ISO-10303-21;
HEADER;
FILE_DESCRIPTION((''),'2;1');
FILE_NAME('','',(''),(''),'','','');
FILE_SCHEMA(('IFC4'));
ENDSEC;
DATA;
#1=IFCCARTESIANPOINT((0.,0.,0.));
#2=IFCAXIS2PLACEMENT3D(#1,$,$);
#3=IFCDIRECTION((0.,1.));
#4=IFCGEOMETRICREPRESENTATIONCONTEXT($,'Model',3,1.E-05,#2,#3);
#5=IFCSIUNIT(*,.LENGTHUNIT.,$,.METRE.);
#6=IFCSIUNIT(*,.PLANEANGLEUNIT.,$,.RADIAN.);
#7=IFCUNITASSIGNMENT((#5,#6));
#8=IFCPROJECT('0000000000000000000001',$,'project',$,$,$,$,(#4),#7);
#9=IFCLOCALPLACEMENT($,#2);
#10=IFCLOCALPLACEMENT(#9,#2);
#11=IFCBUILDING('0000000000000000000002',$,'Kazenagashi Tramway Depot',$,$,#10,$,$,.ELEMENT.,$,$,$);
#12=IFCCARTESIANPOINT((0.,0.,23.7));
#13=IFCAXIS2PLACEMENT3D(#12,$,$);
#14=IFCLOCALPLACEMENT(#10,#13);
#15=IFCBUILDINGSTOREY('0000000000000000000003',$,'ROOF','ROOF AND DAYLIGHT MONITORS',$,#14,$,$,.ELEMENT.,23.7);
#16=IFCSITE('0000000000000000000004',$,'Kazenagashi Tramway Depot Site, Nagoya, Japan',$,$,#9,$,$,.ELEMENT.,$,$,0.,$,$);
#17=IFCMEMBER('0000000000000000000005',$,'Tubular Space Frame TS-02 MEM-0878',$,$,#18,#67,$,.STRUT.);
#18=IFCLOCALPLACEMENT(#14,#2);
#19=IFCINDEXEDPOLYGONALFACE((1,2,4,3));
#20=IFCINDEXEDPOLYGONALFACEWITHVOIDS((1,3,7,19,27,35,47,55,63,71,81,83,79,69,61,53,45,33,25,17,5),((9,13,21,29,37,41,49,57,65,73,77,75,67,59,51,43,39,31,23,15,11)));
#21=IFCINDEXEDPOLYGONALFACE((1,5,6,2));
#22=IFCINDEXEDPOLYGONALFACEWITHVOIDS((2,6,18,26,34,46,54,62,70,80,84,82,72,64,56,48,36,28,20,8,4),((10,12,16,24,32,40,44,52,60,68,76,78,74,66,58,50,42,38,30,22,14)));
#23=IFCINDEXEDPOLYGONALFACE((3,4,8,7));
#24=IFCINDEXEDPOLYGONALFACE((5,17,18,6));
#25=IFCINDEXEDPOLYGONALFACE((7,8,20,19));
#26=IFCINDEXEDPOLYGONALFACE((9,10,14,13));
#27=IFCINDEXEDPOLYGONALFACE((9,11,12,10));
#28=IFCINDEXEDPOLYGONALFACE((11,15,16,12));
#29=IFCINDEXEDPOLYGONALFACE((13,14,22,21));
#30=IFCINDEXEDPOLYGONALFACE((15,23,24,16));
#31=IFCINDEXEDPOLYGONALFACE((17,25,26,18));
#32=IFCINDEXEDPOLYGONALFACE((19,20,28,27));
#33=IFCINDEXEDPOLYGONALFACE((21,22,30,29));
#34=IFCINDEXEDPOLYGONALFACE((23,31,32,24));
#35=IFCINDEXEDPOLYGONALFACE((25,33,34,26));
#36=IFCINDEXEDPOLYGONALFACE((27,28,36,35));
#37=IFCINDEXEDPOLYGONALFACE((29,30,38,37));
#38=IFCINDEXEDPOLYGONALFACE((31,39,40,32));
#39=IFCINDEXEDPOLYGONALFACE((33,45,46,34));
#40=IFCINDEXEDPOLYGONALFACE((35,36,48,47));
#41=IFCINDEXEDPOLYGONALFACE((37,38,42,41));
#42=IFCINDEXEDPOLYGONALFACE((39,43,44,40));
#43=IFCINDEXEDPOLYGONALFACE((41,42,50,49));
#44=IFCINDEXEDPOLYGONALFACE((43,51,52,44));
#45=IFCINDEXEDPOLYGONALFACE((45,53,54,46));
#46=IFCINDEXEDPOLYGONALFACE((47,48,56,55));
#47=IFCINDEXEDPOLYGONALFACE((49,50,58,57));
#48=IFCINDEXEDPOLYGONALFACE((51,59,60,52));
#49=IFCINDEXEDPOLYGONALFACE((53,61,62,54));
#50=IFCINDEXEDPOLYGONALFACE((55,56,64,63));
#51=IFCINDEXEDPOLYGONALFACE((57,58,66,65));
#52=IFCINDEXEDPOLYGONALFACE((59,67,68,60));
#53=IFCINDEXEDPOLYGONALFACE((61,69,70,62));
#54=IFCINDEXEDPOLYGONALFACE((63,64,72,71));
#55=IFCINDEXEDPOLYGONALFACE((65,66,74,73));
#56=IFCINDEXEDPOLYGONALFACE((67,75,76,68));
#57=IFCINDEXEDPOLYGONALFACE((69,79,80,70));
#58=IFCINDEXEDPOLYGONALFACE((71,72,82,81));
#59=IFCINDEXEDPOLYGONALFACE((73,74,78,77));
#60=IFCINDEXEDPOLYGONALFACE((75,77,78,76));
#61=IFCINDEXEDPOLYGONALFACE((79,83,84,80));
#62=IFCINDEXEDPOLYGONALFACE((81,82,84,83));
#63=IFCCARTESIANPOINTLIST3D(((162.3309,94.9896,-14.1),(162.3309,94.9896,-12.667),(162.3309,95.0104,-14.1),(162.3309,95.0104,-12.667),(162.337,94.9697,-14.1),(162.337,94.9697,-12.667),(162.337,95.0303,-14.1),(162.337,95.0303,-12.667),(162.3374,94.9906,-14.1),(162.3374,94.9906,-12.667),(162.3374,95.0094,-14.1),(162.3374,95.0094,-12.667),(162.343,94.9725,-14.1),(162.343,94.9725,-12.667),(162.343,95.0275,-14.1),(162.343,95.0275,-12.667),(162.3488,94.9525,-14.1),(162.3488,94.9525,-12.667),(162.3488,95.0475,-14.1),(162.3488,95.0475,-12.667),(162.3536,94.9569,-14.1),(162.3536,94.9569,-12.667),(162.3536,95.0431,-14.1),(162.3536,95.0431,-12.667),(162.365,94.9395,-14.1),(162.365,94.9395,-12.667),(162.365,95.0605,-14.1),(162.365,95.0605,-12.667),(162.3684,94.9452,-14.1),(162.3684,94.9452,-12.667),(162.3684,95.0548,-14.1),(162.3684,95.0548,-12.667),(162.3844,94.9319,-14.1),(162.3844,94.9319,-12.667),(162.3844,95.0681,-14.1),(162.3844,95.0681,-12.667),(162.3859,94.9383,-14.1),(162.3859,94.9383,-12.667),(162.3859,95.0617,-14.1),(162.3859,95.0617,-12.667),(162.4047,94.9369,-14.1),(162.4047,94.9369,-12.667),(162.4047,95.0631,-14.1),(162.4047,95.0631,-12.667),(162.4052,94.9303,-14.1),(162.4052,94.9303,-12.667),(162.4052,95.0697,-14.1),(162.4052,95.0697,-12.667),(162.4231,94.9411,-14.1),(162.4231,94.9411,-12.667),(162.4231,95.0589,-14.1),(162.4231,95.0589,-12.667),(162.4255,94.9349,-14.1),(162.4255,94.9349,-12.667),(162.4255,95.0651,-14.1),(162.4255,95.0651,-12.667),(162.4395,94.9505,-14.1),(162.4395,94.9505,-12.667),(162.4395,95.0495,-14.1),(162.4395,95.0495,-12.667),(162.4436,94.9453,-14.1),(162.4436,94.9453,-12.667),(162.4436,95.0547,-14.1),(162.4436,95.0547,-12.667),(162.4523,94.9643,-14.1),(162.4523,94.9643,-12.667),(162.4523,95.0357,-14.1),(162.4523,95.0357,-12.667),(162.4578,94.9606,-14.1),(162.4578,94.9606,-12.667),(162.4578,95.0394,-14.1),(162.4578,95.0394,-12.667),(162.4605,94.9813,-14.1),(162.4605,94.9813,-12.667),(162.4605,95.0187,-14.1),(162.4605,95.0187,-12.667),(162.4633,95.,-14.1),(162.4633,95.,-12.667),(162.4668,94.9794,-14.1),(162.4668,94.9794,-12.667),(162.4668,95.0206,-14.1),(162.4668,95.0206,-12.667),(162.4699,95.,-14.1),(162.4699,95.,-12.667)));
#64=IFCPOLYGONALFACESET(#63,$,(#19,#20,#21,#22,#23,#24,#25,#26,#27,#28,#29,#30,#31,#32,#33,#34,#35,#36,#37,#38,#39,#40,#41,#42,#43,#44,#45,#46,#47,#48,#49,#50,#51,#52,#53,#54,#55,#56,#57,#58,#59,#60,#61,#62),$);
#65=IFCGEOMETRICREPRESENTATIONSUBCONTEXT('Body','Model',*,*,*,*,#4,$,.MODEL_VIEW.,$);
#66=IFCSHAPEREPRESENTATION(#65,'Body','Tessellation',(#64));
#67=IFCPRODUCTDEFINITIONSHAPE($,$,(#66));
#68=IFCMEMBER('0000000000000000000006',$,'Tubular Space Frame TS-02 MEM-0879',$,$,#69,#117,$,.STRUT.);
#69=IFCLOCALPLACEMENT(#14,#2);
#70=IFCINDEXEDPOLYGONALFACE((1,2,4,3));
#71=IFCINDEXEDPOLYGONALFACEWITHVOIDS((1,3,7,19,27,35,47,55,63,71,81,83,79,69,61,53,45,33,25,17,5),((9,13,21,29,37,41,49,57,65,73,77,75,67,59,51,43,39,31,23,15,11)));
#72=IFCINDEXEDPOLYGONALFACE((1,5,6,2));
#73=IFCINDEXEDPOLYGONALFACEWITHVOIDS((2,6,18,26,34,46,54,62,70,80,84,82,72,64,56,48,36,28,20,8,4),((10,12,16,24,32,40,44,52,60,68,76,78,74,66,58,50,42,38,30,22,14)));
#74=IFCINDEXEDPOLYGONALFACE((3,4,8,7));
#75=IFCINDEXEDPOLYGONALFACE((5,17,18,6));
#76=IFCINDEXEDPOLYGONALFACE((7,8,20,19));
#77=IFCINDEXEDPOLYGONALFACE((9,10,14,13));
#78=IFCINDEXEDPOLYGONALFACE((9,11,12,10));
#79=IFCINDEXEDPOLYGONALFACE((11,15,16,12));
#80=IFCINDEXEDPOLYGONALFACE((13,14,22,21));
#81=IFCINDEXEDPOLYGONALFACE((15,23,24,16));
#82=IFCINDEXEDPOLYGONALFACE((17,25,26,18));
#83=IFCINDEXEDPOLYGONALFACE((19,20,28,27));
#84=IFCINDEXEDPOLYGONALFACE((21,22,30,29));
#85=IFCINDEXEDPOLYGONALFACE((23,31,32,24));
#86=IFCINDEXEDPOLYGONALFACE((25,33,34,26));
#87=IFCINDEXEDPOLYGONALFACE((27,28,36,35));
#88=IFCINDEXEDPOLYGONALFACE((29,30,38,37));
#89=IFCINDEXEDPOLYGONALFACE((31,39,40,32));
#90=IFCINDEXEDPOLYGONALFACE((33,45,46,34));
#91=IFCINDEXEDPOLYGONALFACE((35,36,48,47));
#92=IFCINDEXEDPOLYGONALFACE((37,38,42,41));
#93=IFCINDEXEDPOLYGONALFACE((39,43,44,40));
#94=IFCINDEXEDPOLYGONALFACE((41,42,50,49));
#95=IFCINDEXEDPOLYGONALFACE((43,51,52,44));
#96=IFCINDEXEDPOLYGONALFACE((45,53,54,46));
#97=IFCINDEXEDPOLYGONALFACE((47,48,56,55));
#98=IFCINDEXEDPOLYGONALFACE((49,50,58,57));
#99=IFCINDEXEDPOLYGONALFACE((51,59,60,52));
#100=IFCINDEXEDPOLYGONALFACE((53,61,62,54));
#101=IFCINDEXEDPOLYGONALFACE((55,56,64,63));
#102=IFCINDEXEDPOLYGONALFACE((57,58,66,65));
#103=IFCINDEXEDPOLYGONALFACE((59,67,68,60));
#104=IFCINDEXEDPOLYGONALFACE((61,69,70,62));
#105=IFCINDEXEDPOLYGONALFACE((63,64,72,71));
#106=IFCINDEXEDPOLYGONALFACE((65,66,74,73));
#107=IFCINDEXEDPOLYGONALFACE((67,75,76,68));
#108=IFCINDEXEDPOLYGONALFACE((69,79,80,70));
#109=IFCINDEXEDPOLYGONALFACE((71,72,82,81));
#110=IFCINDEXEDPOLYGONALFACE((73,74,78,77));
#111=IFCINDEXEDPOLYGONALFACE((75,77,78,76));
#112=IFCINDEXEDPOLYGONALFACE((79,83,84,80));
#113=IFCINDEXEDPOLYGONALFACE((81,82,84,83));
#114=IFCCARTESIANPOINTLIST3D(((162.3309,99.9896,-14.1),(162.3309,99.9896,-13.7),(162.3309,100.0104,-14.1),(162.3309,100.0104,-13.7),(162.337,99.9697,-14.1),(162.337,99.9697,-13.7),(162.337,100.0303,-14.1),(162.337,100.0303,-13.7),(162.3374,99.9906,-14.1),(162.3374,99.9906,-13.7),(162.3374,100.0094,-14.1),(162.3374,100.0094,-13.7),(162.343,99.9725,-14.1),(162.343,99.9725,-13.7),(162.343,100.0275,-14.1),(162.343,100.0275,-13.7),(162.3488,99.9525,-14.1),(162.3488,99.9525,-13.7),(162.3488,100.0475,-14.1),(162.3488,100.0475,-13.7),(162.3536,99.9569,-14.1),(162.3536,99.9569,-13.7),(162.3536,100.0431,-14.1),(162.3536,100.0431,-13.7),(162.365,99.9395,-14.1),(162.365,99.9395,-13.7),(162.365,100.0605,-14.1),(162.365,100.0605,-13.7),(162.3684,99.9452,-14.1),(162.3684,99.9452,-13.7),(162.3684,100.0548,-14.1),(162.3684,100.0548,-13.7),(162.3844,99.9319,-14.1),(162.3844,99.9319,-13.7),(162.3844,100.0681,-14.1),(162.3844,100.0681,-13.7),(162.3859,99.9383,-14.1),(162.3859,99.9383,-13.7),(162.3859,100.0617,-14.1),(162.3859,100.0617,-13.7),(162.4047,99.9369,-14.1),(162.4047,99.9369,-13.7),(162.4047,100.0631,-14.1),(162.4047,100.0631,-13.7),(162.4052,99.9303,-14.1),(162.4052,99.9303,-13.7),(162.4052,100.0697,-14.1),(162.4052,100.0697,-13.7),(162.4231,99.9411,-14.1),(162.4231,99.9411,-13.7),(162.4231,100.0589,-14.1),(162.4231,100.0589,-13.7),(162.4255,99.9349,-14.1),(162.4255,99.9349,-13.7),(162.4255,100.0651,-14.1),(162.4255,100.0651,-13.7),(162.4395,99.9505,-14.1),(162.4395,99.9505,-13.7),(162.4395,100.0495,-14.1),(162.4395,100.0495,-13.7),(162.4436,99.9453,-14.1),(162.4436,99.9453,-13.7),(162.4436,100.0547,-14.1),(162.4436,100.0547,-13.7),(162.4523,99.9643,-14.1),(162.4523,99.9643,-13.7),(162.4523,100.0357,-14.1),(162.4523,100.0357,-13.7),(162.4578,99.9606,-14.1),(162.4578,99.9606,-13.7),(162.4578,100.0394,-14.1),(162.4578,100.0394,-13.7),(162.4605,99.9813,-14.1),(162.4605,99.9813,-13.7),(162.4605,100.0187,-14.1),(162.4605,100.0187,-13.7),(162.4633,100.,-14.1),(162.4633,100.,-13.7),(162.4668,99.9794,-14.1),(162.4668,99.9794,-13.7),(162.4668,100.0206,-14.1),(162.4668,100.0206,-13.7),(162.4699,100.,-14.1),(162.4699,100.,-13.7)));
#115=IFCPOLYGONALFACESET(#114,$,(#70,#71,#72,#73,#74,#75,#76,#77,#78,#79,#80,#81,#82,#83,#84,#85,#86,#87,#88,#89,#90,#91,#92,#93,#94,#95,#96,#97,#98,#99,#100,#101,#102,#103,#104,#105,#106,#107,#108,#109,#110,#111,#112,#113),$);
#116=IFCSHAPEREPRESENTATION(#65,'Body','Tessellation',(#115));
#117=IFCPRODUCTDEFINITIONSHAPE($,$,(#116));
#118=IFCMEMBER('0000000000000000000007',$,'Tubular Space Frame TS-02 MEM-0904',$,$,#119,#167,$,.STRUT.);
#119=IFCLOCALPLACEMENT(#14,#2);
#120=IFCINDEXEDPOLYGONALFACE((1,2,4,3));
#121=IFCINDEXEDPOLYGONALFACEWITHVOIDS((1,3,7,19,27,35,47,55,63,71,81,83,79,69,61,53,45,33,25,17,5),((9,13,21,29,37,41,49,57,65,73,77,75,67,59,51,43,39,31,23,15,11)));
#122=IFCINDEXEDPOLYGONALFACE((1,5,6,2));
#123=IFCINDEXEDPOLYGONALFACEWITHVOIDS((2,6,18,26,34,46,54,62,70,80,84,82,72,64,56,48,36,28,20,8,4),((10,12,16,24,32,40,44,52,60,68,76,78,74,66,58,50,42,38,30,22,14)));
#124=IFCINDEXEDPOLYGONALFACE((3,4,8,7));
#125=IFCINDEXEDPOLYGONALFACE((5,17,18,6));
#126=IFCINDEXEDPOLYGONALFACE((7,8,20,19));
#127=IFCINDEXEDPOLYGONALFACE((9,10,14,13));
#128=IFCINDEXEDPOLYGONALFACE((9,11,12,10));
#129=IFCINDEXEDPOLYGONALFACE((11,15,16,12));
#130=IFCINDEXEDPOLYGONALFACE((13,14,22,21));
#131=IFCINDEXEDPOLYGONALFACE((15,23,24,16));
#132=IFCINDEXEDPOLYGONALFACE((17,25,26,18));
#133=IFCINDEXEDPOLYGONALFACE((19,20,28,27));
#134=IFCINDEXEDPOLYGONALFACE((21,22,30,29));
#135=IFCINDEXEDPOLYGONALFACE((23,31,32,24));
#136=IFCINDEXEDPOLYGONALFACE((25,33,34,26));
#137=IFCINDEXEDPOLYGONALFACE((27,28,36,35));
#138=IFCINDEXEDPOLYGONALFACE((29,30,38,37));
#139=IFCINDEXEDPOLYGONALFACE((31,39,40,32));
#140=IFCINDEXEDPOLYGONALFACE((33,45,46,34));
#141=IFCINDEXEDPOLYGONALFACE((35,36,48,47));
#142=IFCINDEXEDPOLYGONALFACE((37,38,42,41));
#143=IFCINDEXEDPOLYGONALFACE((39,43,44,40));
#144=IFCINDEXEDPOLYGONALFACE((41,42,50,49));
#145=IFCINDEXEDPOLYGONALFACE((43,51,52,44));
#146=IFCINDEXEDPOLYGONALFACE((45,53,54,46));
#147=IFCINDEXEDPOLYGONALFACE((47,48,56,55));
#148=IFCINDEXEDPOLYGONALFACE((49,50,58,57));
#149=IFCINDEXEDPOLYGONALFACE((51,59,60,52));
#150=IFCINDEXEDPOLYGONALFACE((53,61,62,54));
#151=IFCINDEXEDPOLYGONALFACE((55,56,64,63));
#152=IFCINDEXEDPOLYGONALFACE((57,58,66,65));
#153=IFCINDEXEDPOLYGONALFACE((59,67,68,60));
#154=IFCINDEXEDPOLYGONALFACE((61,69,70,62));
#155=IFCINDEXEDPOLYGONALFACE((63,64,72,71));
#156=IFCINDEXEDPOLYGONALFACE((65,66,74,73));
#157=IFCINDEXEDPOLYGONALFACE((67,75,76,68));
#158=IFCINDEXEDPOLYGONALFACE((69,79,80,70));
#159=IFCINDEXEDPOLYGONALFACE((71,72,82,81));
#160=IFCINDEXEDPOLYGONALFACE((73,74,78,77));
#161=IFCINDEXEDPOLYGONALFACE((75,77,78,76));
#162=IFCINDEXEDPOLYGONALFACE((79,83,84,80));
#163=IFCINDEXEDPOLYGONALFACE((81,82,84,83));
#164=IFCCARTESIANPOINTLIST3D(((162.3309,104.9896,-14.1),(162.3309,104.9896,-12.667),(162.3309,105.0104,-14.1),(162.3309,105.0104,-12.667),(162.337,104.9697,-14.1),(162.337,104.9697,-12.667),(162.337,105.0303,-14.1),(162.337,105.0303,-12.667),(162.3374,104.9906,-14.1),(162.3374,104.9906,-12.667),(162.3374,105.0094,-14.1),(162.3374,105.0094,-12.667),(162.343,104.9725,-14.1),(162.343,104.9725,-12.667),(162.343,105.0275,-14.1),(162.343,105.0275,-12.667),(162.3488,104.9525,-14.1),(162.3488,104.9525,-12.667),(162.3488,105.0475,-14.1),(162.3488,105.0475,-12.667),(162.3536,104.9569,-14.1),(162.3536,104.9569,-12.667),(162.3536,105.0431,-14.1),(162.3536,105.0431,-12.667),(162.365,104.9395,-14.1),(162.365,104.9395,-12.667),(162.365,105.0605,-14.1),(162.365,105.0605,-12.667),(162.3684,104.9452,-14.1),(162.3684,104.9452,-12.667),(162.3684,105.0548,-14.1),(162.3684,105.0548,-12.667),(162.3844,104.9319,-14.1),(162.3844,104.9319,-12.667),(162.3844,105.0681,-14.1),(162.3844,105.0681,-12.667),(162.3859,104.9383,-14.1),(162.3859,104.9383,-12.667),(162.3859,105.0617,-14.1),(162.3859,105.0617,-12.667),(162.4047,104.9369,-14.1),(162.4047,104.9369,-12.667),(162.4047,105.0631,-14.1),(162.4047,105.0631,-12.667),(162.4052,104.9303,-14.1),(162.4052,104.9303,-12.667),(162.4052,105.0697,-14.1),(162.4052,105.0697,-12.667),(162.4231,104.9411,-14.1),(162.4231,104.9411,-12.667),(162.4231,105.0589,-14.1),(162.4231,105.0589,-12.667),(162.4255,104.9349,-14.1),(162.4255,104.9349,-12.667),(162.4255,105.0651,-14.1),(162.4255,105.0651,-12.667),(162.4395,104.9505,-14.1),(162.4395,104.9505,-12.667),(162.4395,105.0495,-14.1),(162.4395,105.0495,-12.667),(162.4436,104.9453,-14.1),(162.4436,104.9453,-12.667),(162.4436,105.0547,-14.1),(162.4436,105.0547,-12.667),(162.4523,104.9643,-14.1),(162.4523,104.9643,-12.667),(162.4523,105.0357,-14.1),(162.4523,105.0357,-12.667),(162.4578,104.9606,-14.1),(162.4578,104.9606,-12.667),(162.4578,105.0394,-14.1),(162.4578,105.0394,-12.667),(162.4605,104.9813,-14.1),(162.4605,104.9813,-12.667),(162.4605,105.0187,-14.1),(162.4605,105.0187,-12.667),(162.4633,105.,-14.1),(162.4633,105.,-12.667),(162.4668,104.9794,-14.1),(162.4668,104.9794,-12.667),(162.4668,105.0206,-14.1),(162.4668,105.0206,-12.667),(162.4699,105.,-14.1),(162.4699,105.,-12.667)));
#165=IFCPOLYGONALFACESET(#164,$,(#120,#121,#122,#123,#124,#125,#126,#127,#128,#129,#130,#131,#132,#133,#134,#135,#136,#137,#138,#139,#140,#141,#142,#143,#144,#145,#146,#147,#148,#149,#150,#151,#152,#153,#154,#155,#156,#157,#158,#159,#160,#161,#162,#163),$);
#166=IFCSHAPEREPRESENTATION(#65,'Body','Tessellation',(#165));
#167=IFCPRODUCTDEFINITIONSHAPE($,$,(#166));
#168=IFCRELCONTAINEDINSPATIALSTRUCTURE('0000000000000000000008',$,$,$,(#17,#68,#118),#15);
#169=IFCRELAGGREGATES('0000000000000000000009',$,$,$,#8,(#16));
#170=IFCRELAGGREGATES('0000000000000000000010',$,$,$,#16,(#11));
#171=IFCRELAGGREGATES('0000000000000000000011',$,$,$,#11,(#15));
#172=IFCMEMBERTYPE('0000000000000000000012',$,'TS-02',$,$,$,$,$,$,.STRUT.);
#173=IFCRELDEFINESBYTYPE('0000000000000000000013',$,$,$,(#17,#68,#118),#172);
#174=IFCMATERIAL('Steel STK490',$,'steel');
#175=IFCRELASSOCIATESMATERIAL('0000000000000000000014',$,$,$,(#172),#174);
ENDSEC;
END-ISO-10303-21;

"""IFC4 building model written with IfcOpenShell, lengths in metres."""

from ifc_helpers import new_model, si_unit, direction, frame, origin, origin_2d, place, context, subcontext, project, spatial, hollow_circle, extrude, material, material_profile, profile_set, type_object, element, save


model = new_model("IFC4")

# Units and contexts
model_context = context("Model", 3, precision=1e-05, world=origin(), true_north=direction((0.0, 1.0)))
body_context = subcontext(model_context, "Body", "Model", "MODEL_VIEW")
ifc_project = project(units=[si_unit("LENGTHUNIT", "METRE"), si_unit("PLANEANGLEUNIT", "RADIAN")], contexts=[model_context])

# Site, building, storey
site_placement = place(None, origin())
site = spatial("IfcSite", under=ifc_project, at=site_placement, Name="Kazenagashi Tramway Depot Site, Nagoya, Japan", CompositionType="ELEMENT", RefElevation=0.0)
building_placement = place(site_placement, origin())
building = spatial("IfcBuilding", under=site, at=building_placement, Name="Kazenagashi Tramway Depot", CompositionType="ELEMENT")
storey_placement = place(building_placement, frame((0.0, 0.0, 23.7)))
storey = spatial("IfcBuildingStorey", under=building, at=storey_placement, Name="ROOF", Description="ROOF AND DAYLIGHT MONITORS", CompositionType="ELEMENT", Elevation=23.7)

# Members
ifc_material_1 = material(Name="Steel STK490", Category="steel")
ifc_material_profile_1 = material_profile(ifc_material_1, hollow_circle(Radius=0.0699, WallThickness=0.0066, at=origin_2d()), Name="CHS-139.8x6.6")
ifc_profile_set_1 = profile_set([ifc_material_profile_1], Name="Steel STK490")
member_type_1 = type_object("IfcMemberType", Name="TS-02", PredefinedType="STRUT", material=ifc_profile_set_1)
member_1_placement = place(storey_placement, frame((162.4, 95.0, -14.1), z_axis=(0.0, 0.0, 1.0), x_axis=(1.0, 0.0, 0.0)))
element("IfcMember", 1, at=member_1_placement, inside=storey, type_object=member_type_1, Name="Tubular Space Frame TS-02 MEM-0878", PredefinedType="STRUT", context=body_context, shape_type="SweptSolid", body=[
    extrude(hollow_circle(Radius=0.0699, WallThickness=0.0066, at=origin_2d()), origin(), (0.0, 0.0, 1.0), 1.433),
])
member_2_placement = place(storey_placement, frame((162.4, 100.0, -14.1), z_axis=(0.0, 0.0, 1.0), x_axis=(1.0, 0.0, 0.0)))
element("IfcMember", 2, at=member_2_placement, inside=storey, type_object=member_type_1, Name="Tubular Space Frame TS-02 MEM-0879", PredefinedType="STRUT", context=body_context, shape_type="SweptSolid", body=[
    extrude(hollow_circle(Radius=0.0699, WallThickness=0.0066, at=origin_2d()), origin(), (0.0, 0.0, 1.0), 0.4),
])
member_3_placement = place(storey_placement, frame((162.4, 105.0, -14.1), z_axis=(0.0, 0.0, 1.0), x_axis=(1.0, 0.0, 0.0)))
element("IfcMember", 3, at=member_3_placement, inside=storey, type_object=member_type_1, Name="Tubular Space Frame TS-02 MEM-0904", PredefinedType="STRUT", context=body_context, shape_type="SweptSolid", body=[
    extrude(hollow_circle(Radius=0.0699, WallThickness=0.0066, at=origin_2d()), origin(), (0.0, 0.0, 1.0), 1.433),
])

save(model, "model.ifc")
